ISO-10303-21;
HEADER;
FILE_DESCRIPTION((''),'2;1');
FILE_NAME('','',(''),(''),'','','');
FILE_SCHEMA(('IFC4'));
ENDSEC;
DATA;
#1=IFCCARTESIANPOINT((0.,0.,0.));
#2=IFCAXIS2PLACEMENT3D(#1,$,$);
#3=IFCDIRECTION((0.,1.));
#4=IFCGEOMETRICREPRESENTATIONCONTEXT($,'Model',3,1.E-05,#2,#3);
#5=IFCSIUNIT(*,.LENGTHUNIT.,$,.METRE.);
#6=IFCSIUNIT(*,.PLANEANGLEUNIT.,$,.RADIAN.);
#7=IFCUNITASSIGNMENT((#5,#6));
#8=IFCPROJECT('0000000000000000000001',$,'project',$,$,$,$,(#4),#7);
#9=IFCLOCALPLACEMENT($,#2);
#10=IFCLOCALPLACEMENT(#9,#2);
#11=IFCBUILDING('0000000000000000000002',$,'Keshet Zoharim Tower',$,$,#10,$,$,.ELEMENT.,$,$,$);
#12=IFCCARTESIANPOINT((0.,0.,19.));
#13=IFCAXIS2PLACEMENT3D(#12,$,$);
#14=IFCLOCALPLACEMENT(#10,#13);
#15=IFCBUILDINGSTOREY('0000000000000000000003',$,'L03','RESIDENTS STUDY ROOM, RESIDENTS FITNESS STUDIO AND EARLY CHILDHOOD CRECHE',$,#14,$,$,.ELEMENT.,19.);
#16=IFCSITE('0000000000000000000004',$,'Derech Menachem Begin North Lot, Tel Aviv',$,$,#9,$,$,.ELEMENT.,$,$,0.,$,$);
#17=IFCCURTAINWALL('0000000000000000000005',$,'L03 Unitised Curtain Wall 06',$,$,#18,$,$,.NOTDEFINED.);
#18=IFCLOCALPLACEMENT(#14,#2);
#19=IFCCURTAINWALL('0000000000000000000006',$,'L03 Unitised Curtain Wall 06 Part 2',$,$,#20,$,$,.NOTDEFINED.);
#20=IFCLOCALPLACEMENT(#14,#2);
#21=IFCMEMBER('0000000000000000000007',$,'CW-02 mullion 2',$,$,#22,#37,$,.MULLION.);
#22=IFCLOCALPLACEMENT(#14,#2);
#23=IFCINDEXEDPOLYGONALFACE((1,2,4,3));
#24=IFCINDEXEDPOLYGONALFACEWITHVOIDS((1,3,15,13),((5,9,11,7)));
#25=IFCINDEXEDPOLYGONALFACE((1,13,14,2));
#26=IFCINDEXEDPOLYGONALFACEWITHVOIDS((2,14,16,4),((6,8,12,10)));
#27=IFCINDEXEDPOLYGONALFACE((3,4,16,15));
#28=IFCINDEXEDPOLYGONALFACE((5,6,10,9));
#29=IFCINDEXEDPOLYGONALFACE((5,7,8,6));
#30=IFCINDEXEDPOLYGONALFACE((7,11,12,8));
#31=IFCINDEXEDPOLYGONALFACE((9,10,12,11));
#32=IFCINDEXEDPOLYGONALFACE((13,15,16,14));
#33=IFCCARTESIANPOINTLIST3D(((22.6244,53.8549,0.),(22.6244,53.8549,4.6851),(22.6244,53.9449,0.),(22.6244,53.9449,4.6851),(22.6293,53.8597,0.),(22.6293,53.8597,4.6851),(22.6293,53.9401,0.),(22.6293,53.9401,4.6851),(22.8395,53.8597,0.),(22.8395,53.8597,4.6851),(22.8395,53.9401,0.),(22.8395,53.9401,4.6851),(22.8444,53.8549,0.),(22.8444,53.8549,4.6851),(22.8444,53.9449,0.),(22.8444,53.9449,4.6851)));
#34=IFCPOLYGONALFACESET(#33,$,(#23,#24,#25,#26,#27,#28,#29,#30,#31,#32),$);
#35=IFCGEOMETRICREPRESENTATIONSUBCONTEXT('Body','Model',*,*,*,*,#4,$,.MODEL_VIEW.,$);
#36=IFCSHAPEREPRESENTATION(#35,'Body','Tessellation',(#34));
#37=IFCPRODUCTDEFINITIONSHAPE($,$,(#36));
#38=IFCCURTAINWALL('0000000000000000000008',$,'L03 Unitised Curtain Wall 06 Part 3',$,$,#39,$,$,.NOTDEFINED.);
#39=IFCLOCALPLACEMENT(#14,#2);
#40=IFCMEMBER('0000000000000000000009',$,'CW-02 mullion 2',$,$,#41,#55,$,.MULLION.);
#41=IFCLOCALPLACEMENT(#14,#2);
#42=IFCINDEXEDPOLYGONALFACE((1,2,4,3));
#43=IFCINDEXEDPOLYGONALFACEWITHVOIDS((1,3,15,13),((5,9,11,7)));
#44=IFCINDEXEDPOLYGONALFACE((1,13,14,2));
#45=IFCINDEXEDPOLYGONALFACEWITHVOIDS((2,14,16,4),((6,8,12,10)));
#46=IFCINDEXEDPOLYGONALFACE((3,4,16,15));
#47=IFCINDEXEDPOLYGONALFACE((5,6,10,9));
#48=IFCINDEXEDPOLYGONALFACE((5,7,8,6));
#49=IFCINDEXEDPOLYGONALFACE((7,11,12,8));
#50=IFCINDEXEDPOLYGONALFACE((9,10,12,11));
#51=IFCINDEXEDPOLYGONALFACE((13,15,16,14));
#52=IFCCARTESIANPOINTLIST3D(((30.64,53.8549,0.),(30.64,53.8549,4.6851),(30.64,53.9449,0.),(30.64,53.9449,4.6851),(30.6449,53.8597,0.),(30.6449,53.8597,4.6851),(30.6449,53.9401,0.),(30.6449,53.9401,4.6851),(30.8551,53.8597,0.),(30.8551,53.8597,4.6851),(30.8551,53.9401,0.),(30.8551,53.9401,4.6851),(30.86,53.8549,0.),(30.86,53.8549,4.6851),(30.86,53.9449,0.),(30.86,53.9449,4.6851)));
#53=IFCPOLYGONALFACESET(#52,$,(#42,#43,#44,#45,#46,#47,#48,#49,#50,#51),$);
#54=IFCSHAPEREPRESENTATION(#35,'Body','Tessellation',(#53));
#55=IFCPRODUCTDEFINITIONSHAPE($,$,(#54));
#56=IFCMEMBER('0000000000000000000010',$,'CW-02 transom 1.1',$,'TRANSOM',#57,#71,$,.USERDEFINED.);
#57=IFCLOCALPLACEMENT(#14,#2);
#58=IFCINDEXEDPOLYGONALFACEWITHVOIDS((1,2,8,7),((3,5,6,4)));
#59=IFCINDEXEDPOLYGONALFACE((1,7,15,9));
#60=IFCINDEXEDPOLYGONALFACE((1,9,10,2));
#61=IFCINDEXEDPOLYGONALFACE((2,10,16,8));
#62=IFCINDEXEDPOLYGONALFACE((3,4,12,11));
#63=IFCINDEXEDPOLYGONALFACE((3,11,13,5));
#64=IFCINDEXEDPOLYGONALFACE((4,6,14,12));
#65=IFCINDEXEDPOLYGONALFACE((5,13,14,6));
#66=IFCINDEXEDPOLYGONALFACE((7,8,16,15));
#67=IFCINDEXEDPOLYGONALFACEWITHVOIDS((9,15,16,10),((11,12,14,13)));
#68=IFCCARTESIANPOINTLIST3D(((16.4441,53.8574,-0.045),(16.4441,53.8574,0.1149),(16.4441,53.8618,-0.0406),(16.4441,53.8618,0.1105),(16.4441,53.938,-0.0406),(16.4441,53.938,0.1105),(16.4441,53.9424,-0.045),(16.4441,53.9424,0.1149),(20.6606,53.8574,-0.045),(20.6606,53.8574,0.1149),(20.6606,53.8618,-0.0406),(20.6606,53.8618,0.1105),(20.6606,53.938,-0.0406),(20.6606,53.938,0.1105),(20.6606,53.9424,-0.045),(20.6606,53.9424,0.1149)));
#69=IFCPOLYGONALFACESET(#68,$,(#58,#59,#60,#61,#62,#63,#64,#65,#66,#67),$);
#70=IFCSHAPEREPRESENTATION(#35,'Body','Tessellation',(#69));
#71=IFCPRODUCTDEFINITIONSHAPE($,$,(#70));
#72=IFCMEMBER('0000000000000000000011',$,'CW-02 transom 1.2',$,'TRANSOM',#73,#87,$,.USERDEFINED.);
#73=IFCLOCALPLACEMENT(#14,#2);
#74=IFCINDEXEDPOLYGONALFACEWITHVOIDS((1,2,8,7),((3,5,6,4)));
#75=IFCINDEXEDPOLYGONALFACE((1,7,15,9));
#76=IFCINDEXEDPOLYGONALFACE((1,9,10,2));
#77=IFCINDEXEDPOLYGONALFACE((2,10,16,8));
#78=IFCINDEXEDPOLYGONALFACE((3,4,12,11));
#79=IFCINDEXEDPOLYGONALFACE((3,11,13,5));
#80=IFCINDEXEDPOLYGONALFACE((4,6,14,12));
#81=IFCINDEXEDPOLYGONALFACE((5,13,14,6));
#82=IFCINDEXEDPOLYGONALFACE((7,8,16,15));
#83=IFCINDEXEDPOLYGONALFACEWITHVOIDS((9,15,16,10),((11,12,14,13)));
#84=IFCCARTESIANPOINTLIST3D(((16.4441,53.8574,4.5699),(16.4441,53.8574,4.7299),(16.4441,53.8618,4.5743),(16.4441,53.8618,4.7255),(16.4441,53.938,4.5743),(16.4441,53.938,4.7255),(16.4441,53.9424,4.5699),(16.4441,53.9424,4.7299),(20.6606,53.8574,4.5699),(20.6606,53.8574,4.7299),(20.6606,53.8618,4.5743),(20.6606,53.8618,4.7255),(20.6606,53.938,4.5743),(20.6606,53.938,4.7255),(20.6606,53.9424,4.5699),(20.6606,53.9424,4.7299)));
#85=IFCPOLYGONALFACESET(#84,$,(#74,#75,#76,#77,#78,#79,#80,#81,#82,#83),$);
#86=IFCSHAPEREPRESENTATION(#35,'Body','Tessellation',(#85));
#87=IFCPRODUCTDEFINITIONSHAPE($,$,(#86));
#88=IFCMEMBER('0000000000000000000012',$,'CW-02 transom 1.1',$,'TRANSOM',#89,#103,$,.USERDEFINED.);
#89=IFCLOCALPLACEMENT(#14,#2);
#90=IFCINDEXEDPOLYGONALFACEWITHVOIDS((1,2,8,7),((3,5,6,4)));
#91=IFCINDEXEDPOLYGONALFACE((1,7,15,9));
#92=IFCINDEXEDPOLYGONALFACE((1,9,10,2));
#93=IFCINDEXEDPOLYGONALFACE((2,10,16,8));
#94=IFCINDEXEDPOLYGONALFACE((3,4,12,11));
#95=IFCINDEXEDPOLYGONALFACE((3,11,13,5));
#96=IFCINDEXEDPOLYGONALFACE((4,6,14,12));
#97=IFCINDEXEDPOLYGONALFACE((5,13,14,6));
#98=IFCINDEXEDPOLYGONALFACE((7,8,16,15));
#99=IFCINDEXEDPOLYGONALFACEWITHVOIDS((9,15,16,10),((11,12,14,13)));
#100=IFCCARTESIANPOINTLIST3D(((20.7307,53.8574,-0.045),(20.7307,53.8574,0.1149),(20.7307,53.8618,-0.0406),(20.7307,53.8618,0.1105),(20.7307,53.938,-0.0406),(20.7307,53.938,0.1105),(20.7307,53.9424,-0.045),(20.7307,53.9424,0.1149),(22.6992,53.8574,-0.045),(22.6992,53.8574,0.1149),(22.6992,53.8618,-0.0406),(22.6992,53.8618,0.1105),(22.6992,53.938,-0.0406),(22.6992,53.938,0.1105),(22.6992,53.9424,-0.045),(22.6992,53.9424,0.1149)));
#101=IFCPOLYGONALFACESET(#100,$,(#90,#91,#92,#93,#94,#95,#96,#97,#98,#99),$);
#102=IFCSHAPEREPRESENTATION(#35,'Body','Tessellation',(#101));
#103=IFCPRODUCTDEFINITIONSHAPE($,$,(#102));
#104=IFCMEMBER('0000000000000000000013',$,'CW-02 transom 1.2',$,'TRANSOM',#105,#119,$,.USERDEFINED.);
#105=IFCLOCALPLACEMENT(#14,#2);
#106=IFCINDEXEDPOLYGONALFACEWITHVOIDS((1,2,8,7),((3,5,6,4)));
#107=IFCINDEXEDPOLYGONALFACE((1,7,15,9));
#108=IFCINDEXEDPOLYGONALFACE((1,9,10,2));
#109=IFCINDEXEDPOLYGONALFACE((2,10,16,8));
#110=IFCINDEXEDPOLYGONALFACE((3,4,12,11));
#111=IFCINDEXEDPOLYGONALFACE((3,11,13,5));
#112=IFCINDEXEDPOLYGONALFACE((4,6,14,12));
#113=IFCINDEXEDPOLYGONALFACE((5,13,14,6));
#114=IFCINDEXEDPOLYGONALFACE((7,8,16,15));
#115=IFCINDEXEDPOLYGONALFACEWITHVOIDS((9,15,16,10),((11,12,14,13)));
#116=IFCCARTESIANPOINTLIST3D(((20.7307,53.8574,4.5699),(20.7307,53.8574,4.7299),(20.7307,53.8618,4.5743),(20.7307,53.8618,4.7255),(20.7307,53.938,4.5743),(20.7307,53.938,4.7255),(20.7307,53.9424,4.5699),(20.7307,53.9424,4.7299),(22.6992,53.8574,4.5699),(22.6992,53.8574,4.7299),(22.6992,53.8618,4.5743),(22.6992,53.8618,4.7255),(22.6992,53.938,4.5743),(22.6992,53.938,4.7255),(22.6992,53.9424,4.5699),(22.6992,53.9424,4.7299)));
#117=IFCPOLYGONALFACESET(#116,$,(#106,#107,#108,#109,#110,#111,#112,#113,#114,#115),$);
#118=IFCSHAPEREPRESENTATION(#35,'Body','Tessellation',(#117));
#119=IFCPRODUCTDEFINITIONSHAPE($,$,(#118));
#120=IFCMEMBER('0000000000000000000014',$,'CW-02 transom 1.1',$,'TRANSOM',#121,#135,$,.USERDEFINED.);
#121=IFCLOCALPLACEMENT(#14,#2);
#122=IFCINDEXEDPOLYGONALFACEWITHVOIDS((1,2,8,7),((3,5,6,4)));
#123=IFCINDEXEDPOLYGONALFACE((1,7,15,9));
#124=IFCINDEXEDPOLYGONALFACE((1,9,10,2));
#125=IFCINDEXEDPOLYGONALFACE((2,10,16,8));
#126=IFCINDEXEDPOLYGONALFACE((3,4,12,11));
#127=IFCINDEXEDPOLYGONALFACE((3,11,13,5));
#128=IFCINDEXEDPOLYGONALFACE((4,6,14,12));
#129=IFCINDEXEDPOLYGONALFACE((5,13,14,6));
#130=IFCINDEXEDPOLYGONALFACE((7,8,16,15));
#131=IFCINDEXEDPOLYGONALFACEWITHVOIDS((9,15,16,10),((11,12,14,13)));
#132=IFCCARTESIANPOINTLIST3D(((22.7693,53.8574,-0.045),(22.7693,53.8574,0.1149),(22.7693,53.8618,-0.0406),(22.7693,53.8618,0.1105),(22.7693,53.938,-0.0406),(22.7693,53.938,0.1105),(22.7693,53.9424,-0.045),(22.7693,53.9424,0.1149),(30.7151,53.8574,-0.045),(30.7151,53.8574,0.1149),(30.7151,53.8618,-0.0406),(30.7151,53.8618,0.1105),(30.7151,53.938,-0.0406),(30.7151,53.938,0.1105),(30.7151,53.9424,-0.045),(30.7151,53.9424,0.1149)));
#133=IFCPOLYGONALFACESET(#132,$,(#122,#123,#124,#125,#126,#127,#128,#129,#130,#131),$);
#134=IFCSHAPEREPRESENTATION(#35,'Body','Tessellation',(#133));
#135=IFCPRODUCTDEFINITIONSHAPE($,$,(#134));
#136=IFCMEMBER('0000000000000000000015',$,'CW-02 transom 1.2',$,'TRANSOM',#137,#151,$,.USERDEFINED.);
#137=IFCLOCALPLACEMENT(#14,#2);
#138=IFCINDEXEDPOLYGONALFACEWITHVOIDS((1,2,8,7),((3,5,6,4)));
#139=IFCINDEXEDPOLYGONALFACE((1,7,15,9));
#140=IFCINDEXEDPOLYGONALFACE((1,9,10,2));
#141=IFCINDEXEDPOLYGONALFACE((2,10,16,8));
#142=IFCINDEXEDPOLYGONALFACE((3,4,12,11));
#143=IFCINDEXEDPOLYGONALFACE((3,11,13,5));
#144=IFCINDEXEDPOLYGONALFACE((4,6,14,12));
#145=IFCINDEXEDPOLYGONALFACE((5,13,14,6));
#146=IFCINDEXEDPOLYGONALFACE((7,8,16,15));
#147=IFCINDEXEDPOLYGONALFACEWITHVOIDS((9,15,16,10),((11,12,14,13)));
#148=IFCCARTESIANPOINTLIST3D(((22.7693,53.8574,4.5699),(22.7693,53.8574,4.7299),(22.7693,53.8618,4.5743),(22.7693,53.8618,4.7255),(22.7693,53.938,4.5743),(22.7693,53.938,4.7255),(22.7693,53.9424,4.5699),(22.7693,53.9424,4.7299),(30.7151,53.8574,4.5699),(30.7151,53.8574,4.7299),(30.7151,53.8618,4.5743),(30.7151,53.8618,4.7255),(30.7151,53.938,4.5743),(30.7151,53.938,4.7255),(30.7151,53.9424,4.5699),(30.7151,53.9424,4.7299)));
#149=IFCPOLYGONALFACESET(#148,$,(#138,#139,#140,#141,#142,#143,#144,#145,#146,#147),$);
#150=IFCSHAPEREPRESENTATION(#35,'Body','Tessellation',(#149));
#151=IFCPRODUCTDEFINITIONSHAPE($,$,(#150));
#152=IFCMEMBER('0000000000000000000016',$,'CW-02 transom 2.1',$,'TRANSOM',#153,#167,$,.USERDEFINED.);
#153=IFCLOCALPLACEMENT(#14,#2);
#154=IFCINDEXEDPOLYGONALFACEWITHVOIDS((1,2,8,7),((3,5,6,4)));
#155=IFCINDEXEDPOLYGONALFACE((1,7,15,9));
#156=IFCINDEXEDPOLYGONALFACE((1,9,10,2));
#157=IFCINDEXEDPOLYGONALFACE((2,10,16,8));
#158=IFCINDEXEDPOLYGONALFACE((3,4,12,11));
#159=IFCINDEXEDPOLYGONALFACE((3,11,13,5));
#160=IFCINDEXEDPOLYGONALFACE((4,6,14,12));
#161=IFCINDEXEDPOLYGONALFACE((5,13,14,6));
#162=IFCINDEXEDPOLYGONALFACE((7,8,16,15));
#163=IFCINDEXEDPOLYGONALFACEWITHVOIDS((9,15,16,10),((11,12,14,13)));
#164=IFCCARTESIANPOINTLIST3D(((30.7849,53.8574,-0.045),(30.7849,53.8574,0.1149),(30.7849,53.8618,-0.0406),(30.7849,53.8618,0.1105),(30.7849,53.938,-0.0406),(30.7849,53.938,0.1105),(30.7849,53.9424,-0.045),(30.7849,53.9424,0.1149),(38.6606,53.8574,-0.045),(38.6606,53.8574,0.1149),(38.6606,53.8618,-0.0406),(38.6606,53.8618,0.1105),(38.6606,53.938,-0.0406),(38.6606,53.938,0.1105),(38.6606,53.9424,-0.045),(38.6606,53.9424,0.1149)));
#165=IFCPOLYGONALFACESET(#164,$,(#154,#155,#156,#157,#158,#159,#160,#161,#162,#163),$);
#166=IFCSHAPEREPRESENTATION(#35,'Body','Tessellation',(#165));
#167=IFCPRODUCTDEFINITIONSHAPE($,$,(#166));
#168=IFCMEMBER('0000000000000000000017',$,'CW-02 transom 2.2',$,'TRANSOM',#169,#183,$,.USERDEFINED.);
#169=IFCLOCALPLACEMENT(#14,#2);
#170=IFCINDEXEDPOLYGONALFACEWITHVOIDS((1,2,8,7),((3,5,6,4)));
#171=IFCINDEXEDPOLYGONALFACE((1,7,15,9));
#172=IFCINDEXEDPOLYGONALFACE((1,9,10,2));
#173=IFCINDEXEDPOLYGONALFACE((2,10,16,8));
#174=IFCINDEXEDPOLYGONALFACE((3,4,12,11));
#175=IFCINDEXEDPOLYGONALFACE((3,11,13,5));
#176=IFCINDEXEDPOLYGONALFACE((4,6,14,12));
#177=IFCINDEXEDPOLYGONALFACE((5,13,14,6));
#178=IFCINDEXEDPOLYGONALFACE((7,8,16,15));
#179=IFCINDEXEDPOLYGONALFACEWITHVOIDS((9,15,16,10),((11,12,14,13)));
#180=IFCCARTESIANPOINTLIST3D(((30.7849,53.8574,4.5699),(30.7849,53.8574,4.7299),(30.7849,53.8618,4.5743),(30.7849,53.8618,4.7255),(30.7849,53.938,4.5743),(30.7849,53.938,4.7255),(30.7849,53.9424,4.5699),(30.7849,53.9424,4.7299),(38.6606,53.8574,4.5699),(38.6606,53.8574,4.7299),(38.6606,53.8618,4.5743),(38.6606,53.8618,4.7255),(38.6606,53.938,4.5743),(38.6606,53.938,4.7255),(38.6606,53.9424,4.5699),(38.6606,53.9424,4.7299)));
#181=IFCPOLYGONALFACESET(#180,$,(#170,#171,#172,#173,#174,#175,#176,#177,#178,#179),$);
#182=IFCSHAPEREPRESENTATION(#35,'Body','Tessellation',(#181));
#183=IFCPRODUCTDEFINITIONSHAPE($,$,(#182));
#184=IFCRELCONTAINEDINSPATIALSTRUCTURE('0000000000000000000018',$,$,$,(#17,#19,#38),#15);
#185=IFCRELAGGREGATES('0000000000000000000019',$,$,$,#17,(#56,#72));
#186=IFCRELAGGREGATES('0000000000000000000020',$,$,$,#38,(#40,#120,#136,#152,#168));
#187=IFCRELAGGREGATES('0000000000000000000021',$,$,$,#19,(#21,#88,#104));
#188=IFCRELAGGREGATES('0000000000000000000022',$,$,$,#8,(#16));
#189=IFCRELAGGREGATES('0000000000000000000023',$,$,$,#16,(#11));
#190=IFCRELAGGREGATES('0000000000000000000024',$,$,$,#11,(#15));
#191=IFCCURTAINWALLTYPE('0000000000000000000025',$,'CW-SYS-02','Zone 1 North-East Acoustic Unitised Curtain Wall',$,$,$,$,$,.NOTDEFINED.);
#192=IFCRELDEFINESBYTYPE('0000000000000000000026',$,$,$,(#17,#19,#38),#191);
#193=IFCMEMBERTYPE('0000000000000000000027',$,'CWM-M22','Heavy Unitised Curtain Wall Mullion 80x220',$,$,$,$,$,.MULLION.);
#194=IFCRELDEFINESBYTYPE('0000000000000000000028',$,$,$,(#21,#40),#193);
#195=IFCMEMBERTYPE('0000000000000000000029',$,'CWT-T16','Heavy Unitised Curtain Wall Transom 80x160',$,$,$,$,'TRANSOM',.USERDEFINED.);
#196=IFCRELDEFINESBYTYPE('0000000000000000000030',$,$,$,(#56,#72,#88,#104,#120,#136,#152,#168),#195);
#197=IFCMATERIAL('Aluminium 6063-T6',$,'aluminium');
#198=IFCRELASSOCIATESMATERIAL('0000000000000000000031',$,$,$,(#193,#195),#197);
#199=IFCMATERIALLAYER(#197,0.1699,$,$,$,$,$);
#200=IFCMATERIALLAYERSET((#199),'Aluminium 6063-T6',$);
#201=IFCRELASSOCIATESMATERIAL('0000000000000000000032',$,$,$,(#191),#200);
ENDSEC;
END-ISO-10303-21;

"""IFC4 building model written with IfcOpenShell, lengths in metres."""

from ifc_helpers import new_model, si_unit, direction, frame, origin, origin_2d, place, context, subcontext, project, spatial, hollow_rectangle, extrude, material, layer, layer_set, material_profile, profile_set, type_object, element, aggregate, save


model = new_model("IFC4")

# Units and contexts
model_context = context("Model", 3, precision=1e-05, world=origin(), true_north=direction((0.0, 1.0)))
body_context = subcontext(model_context, "Body", "Model", "MODEL_VIEW")
ifc_project = project(units=[si_unit("LENGTHUNIT", "METRE"), si_unit("PLANEANGLEUNIT", "RADIAN")], contexts=[model_context])

# Site, building, storey
site_placement = place(None, origin())
site = spatial("IfcSite", under=ifc_project, at=site_placement, Name="Derech Menachem Begin North Lot, Tel Aviv", CompositionType="ELEMENT", RefElevation=0.0)
building_placement = place(site_placement, origin())
building = spatial("IfcBuilding", under=site, at=building_placement, Name="Keshet Zoharim Tower", CompositionType="ELEMENT")
storey_placement = place(building_placement, frame((0.0, 0.0, 19.0)))
storey = spatial("IfcBuildingStorey", under=building, at=storey_placement, Name="L03", Description="RESIDENTS STUDY ROOM, RESIDENTS FITNESS STUDIO AND EARLY CHILDHOOD CRECHE", CompositionType="ELEMENT", Elevation=19.0)

# Shared definitions
ifc_material_1 = material(Name="Aluminium 6063-T6", Category="aluminium")
ifc_material_profile_1 = material_profile(ifc_material_1, hollow_rectangle(XDim=0.0901, YDim=0.22, WallThickness=0.0049, at=origin_2d()), Name="MUL-90x220")
ifc_profile_set_1 = profile_set([ifc_material_profile_1], Name="Aluminium 6063-T6")
member_type_1 = type_object("IfcMemberType", Name="CWM-M22", Description="Heavy Unitised Curtain Wall Mullion 80x220", PredefinedType="MULLION", material=ifc_profile_set_1)

# Curtain wall
ifc_layer_1 = layer(ifc_material_1, 0.1699)
ifc_layer_set_1 = layer_set([ifc_layer_1], Name="Aluminium 6063-T6")
curtain_wall_type_1 = type_object("IfcCurtainWallType", Name="CW-SYS-02", Description="Zone 1 North-East Acoustic Unitised Curtain Wall", PredefinedType="NOTDEFINED", material=ifc_layer_set_1)
curtain_wall_1_placement = place(storey_placement, origin())
curtain_wall_1 = element("IfcCurtainWall", 1, at=curtain_wall_1_placement, inside=storey, type_object=curtain_wall_type_1, Name="L03 Unitised Curtain Wall 06", PredefinedType="NOTDEFINED")

# Curtain walls, members
curtain_wall_2_placement = place(storey_placement, origin())
curtain_wall_2 = element("IfcCurtainWall", 2, at=curtain_wall_2_placement, inside=storey, type_object=curtain_wall_type_1, Name="L03 Unitised Curtain Wall 06 Part 2", PredefinedType="NOTDEFINED")
member_1_placement = place(storey_placement, frame((22.7344, 53.8999, 0.0), z_axis=(0.0, 0.0, 1.0), x_axis=(0.0, 1.0, 0.0)))
member_1 = element("IfcMember", 3, at=member_1_placement, type_object=member_type_1, Name="CW-02 mullion 2", PredefinedType="MULLION", context=body_context, shape_type="SweptSolid", body=[
    extrude(hollow_rectangle(XDim=0.0901, YDim=0.22, WallThickness=0.0049, at=origin_2d()), origin(), (0.0, 0.0, 1.0), 4.6851),
])
curtain_wall_3_placement = place(storey_placement, origin())
curtain_wall_3 = element("IfcCurtainWall", 4, at=curtain_wall_3_placement, inside=storey, type_object=curtain_wall_type_1, Name="L03 Unitised Curtain Wall 06 Part 3", PredefinedType="NOTDEFINED")
member_2_placement = place(storey_placement, frame((30.75, 53.8999, 0.0), z_axis=(0.0, 0.0, 1.0), x_axis=(0.0, 1.0, 0.0)))
member_2 = element("IfcMember", 5, at=member_2_placement, type_object=member_type_1, Name="CW-02 mullion 2", PredefinedType="MULLION", context=body_context, shape_type="SweptSolid", body=[
    extrude(hollow_rectangle(XDim=0.0901, YDim=0.22, WallThickness=0.0049, at=origin_2d()), origin(), (0.0, 0.0, 1.0), 4.6851),
])

# Members
ifc_material_profile_2 = material_profile(ifc_material_1, hollow_rectangle(XDim=0.085, YDim=0.1599, WallThickness=0.0044, at=origin_2d()), Name="TRN-85x160")
ifc_profile_set_2 = profile_set([ifc_material_profile_2], Name="Aluminium 6063-T6")
member_type_2 = type_object("IfcMemberType", Name="CWT-T16", Description="Heavy Unitised Curtain Wall Transom 80x160", ElementType="TRANSOM", PredefinedType="USERDEFINED", material=ifc_profile_set_2)
member_3_placement = place(storey_placement, frame((16.4441, 53.8999, 0.0349), z_axis=(1.0, 0.0, 0.0), x_axis=(0.0, 1.0, 0.0)))
member_3 = element("IfcMember", 6, at=member_3_placement, type_object=member_type_2, Name="CW-02 transom 1.1", ObjectType="TRANSOM", PredefinedType="USERDEFINED", context=body_context, shape_type="SweptSolid", body=[
    extrude(hollow_rectangle(XDim=0.085, YDim=0.1599, WallThickness=0.0044, at=origin_2d()), origin(), (0.0, 0.0, 1.0), 4.2166),
])
member_4_placement = place(storey_placement, frame((16.4441, 53.8999, 4.6499), z_axis=(1.0, 0.0, 0.0), x_axis=(0.0, 1.0, 0.0)))
member_4 = element("IfcMember", 7, at=member_4_placement, type_object=member_type_2, Name="CW-02 transom 1.2", ObjectType="TRANSOM", PredefinedType="USERDEFINED", context=body_context, shape_type="SweptSolid", body=[
    extrude(hollow_rectangle(XDim=0.085, YDim=0.1599, WallThickness=0.0044, at=origin_2d()), origin(), (0.0, 0.0, 1.0), 4.2166),
])
member_5_placement = place(storey_placement, frame((20.7307, 53.8999, 0.0349), z_axis=(1.0, 0.0, 0.0), x_axis=(0.0, 1.0, 0.0)))
member_5 = element("IfcMember", 8, at=member_5_placement, type_object=member_type_2, Name="CW-02 transom 1.1", ObjectType="TRANSOM", PredefinedType="USERDEFINED", context=body_context, shape_type="SweptSolid", body=[
    extrude(hollow_rectangle(XDim=0.085, YDim=0.1599, WallThickness=0.0044, at=origin_2d()), origin(), (0.0, 0.0, 1.0), 1.9685),
])
member_6_placement = place(storey_placement, frame((20.7307, 53.8999, 4.6499), z_axis=(1.0, 0.0, 0.0), x_axis=(0.0, 1.0, 0.0)))
member_6 = element("IfcMember", 9, at=member_6_placement, type_object=member_type_2, Name="CW-02 transom 1.2", ObjectType="TRANSOM", PredefinedType="USERDEFINED", context=body_context, shape_type="SweptSolid", body=[
    extrude(hollow_rectangle(XDim=0.085, YDim=0.1599, WallThickness=0.0044, at=origin_2d()), origin(), (0.0, 0.0, 1.0), 1.9685),
])
member_7_placement = place(storey_placement, frame((22.7693, 53.8999, 0.0349), z_axis=(1.0, 0.0, 0.0), x_axis=(0.0, 1.0, 0.0)))
member_7 = element("IfcMember", 10, at=member_7_placement, type_object=member_type_2, Name="CW-02 transom 1.1", ObjectType="TRANSOM", PredefinedType="USERDEFINED", context=body_context, shape_type="SweptSolid", body=[
    extrude(hollow_rectangle(XDim=0.085, YDim=0.1599, WallThickness=0.0044, at=origin_2d()), origin(), (0.0, 0.0, 1.0), 7.9458),
])
member_8_placement = place(storey_placement, frame((22.7693, 53.8999, 4.6499), z_axis=(1.0, 0.0, 0.0), x_axis=(0.0, 1.0, 0.0)))
member_8 = element("IfcMember", 11, at=member_8_placement, type_object=member_type_2, Name="CW-02 transom 1.2", ObjectType="TRANSOM", PredefinedType="USERDEFINED", context=body_context, shape_type="SweptSolid", body=[
    extrude(hollow_rectangle(XDim=0.085, YDim=0.1599, WallThickness=0.0044, at=origin_2d()), origin(), (0.0, 0.0, 1.0), 7.9458),
])
member_9_placement = place(storey_placement, frame((30.7849, 53.8999, 0.0349), z_axis=(1.0, 0.0, 0.0), x_axis=(0.0, 1.0, 0.0)))
member_9 = element("IfcMember", 12, at=member_9_placement, type_object=member_type_2, Name="CW-02 transom 2.1", ObjectType="TRANSOM", PredefinedType="USERDEFINED", context=body_context, shape_type="SweptSolid", body=[
    extrude(hollow_rectangle(XDim=0.085, YDim=0.1599, WallThickness=0.0044, at=origin_2d()), origin(), (0.0, 0.0, 1.0), 7.8757),
])
member_10_placement = place(storey_placement, frame((30.7849, 53.8999, 4.6499), z_axis=(1.0, 0.0, 0.0), x_axis=(0.0, 1.0, 0.0)))
member_10 = element("IfcMember", 13, at=member_10_placement, type_object=member_type_2, Name="CW-02 transom 2.2", ObjectType="TRANSOM", PredefinedType="USERDEFINED", context=body_context, shape_type="SweptSolid", body=[
    extrude(hollow_rectangle(XDim=0.085, YDim=0.1599, WallThickness=0.0044, at=origin_2d()), origin(), (0.0, 0.0, 1.0), 7.8757),
])

aggregate(curtain_wall_1, [member_3, member_4])
aggregate(curtain_wall_3, [member_2, member_7, member_8, member_9, member_10])
aggregate(curtain_wall_2, [member_1, member_5, member_6])

save(model, "model.ifc")
